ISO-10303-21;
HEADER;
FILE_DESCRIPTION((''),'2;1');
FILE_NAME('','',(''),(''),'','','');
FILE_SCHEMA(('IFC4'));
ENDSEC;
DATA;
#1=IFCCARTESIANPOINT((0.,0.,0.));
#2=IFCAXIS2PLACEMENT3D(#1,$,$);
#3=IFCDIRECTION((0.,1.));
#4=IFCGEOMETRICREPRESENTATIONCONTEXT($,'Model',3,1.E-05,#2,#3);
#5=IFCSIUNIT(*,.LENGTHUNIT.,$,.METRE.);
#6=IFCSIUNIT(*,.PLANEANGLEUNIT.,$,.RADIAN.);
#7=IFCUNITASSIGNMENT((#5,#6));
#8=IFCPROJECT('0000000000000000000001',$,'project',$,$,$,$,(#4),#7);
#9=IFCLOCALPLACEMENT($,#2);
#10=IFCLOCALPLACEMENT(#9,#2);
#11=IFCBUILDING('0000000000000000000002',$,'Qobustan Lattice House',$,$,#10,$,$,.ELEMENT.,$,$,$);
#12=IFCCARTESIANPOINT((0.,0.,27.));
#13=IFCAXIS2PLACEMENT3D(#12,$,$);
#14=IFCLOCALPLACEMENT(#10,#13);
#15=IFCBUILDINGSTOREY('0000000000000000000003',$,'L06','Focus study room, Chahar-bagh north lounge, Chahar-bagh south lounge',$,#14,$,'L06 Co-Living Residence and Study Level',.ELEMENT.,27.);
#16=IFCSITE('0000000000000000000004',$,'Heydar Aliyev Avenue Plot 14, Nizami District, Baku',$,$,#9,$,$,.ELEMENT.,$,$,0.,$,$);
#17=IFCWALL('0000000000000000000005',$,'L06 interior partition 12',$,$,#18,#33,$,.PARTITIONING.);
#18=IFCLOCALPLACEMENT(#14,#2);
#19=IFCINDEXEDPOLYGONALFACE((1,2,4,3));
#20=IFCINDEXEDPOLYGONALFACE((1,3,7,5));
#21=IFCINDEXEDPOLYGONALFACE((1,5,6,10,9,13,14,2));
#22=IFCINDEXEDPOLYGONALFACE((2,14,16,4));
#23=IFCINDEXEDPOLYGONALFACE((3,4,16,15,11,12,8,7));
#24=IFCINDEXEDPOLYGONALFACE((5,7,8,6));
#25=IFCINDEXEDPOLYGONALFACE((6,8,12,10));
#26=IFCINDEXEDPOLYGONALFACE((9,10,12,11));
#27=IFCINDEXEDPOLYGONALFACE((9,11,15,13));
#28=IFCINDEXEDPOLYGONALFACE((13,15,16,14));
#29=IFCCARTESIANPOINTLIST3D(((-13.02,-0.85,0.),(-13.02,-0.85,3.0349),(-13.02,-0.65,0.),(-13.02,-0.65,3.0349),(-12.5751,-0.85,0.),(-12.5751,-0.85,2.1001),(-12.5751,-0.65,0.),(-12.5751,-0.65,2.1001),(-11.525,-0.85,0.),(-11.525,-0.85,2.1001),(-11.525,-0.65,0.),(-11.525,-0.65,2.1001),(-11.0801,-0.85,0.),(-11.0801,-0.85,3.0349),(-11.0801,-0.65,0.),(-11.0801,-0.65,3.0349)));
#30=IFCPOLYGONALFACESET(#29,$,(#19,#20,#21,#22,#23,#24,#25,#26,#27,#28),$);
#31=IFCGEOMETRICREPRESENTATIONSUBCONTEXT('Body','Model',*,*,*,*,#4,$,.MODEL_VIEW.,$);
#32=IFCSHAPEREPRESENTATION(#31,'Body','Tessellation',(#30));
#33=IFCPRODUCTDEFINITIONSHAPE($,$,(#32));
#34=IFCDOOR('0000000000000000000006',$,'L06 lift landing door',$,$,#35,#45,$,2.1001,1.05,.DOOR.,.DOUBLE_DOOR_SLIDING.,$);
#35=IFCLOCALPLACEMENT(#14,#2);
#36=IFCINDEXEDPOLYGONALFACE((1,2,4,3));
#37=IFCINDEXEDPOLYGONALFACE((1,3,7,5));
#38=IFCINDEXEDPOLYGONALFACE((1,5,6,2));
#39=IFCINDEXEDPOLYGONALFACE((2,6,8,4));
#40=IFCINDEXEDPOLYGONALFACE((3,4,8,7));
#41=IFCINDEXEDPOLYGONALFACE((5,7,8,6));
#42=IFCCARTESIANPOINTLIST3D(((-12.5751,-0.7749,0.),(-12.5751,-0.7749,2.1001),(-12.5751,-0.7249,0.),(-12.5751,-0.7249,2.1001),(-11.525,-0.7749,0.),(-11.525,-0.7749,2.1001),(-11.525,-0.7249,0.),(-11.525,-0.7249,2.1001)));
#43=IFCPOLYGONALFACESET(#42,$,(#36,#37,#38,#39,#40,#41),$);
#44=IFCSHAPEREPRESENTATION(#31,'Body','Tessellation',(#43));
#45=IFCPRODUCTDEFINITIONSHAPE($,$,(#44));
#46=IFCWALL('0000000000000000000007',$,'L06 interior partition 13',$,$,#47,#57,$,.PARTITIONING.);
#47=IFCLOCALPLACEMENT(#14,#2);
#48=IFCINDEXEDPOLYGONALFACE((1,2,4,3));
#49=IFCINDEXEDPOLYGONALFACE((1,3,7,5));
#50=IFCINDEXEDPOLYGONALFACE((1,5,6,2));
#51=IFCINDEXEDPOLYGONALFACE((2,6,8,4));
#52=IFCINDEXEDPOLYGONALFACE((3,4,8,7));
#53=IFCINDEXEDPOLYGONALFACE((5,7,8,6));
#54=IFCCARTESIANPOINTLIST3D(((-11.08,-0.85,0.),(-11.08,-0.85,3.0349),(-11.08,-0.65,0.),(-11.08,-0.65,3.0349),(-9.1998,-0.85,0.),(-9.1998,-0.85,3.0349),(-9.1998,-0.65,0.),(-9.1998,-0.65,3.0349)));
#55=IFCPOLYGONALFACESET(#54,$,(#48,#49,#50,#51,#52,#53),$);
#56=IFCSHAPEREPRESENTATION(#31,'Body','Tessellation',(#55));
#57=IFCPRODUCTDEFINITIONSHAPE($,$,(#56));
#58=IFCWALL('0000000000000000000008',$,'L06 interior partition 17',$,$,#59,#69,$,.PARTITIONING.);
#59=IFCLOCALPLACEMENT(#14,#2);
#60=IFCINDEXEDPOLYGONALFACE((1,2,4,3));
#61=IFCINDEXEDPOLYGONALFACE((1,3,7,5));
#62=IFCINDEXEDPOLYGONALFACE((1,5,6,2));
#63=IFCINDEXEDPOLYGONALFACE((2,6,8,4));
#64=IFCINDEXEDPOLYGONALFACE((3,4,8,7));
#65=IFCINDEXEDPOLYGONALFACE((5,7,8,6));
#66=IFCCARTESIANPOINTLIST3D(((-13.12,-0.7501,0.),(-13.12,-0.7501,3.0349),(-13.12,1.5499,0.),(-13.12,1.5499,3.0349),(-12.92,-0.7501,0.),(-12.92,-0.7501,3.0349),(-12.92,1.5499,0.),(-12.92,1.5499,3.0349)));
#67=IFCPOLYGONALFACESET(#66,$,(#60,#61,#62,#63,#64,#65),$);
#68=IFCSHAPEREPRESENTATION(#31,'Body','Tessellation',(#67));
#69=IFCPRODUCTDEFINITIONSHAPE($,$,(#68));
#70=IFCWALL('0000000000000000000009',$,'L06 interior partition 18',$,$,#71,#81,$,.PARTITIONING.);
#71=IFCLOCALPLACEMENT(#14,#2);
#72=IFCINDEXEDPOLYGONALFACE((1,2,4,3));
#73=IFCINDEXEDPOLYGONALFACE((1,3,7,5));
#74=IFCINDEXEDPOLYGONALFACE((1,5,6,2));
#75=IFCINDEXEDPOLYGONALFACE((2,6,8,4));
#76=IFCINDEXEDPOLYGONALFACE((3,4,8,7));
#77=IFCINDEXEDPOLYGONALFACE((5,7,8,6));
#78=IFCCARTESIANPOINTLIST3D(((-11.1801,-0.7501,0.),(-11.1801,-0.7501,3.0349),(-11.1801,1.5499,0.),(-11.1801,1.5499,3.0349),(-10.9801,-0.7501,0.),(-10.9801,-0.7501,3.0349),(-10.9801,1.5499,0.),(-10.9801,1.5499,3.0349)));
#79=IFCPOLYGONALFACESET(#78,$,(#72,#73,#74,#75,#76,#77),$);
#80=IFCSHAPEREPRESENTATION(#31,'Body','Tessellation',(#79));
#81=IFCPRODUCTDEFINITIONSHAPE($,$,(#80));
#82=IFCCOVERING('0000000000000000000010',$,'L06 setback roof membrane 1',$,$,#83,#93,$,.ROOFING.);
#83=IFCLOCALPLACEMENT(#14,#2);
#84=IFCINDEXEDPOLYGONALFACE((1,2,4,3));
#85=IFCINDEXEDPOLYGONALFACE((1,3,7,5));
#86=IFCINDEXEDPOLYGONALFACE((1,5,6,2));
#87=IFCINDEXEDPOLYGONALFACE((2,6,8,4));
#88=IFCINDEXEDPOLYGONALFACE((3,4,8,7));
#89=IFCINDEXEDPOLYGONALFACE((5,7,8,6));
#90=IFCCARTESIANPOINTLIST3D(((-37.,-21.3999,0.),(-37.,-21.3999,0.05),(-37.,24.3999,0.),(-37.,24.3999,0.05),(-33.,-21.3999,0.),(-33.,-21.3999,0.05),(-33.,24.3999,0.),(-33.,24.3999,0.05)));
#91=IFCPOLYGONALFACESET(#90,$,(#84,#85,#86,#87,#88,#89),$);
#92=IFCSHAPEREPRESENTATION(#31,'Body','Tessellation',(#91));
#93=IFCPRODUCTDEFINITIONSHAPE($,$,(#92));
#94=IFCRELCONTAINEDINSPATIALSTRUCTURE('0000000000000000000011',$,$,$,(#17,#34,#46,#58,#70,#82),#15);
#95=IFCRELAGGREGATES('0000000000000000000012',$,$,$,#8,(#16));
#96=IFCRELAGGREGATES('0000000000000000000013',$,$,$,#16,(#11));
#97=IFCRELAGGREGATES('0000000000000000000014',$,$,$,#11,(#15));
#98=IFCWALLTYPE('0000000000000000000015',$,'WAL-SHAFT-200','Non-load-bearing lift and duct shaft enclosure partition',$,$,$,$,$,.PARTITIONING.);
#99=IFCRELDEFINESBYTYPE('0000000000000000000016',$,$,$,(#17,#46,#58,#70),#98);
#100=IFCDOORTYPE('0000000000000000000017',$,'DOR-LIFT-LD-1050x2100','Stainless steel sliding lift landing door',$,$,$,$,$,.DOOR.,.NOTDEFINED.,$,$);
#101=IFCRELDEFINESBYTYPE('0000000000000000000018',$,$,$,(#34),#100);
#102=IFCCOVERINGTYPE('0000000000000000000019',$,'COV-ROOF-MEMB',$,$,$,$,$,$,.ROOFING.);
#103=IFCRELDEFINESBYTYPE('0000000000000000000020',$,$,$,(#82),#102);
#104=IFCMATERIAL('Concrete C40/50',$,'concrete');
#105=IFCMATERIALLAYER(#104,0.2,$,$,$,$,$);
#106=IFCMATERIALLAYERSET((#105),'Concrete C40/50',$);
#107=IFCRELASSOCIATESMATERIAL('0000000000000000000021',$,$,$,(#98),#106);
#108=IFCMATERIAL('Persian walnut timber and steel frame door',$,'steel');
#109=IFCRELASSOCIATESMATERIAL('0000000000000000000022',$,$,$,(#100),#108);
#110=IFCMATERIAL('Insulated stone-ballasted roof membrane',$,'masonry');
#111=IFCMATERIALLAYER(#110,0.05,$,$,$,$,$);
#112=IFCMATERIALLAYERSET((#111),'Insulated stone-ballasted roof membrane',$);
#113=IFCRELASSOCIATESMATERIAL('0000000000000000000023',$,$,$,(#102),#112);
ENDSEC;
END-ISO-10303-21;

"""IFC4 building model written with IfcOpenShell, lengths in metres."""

from ifc_helpers import new_model, si_unit, direction, frame, frame_2d, origin, place, context, subcontext, project, spatial, polyline, rectangle, outline, extrude, material, layer, layer_set, type_object, element, fill, save


model = new_model("IFC4")

# Units and contexts
model_context = context("Model", 3, precision=1e-05, world=origin(), true_north=direction((0.0, 1.0)))
body_context = subcontext(model_context, "Body", "Model", "MODEL_VIEW")
ifc_project = project(units=[si_unit("LENGTHUNIT", "METRE"), si_unit("PLANEANGLEUNIT", "RADIAN")], contexts=[model_context])

# Site, building, storey
site_placement = place(None, origin())
site = spatial("IfcSite", under=ifc_project, at=site_placement, Name="Heydar Aliyev Avenue Plot 14, Nizami District, Baku", CompositionType="ELEMENT", RefElevation=0.0)
building_placement = place(site_placement, origin())
building = spatial("IfcBuilding", under=site, at=building_placement, Name="Qobustan Lattice House", CompositionType="ELEMENT")
storey_placement = place(building_placement, frame((0.0, 0.0, 27.0)))
storey = spatial("IfcBuildingStorey", under=building, at=storey_placement, Name="L06", Description="Focus study room, Chahar-bagh north lounge, Chahar-bagh south lounge", LongName="L06 Co-Living Residence and Study Level", CompositionType="ELEMENT", Elevation=27.0)

# Shared definitions
ifc_material_1 = material(Name="Concrete C40/50", Category="concrete")
ifc_layer_1 = layer(ifc_material_1, 0.2)
ifc_layer_set_1 = layer_set([ifc_layer_1], Name="Concrete C40/50")
wall_type_1 = type_object("IfcWallType", Name="WAL-SHAFT-200", Description="Non-load-bearing lift and duct shaft enclosure partition", PredefinedType="PARTITIONING", material=ifc_layer_set_1)
ifc_material_2 = material(Name="Persian walnut timber and steel frame door", Category="steel")
door_type_1 = type_object("IfcDoorType", Name="DOR-LIFT-LD-1050x2100", Description="Stainless steel sliding lift landing door", OperationType="NOTDEFINED", PredefinedType="DOOR", material=ifc_material_2)

# Wall, opening, door
wall_1_placement = place(storey_placement, frame((-11.0801, -0.75, 0.0), z_axis=(0.0, 0.0, 1.0), x_axis=(-1.0, 0.0, 0.0)))
wall_1 = element("IfcWall", 1, at=wall_1_placement, inside=storey, type_object=wall_type_1, Name="L06 interior partition 12", PredefinedType="PARTITIONING", context=body_context, shape_type="SweptSolid", body=[
    extrude(rectangle(XDim=1.9399, YDim=0.2, at=frame_2d((0.97, 0.0))), origin(), (0.0, 0.0, 1.0), 3.0349),
])
opening_1_placement = place(wall_1_placement, frame((0.4451, 0.0, 0.0)))
opening_1 = element("IfcOpeningElement", 2, at=opening_1_placement, cuts=wall_1, PredefinedType="OPENING", context=body_context, shape_type="SweptSolid", body=[
    extrude(rectangle(XDim=1.05, YDim=2.1001, at=frame_2d((0.5249, 1.05))), frame((0.0, 0.1099, 0.0), z_axis=(0.0, -1.0, 0.0), x_axis=(1.0, 0.0, 0.0)), (0.0, 0.0, 1.0), 0.22),
])
door_1_placement = place(opening_1_placement, origin())
door_1 = element("IfcDoor", 3, at=door_1_placement, inside=storey, type_object=door_type_1, Name="L06 lift landing door", OperationType="DOUBLE_DOOR_SLIDING", OverallHeight=2.1001, OverallWidth=1.05, PredefinedType="DOOR", context=body_context, shape_type="SweptSolid", body=[
    extrude(rectangle(XDim=1.05, YDim=2.1001, at=frame_2d((0.5249, 1.05))), frame((0.0, 0.0249, 0.0), z_axis=(0.0, -1.0, 0.0), x_axis=(1.0, 0.0, 0.0)), (0.0, 0.0, 1.0), 0.05),
])
fill(opening_1, door_1)

# Walls
wall_2_placement = place(storey_placement, frame((-9.2, -0.75, 0.0), z_axis=(0.0, 0.0, 1.0), x_axis=(-1.0, 0.0, 0.0)))
element("IfcWall", 4, at=wall_2_placement, inside=storey, type_object=wall_type_1, Name="L06 interior partition 13", PredefinedType="PARTITIONING", context=body_context, shape_type="SweptSolid", body=[
    extrude(rectangle(XDim=1.8801, YDim=0.2, at=frame_2d((0.9399, 0.0))), origin(), (0.0, 0.0, 1.0), 3.0349),
])
for number, where, z_axis, x_axis, name in (
    (5, (-13.02, -0.75, 0.0), (0.0, 0.0, 1.0), (0.0, 1.0, 0.0), "L06 interior partition 17"),
    (6, (-11.0801, -0.75, 0.0), (0.0, 0.0, 1.0), (0.0, 1.0, 0.0), "L06 interior partition 18"),
):
    element("IfcWall", number, at=place(storey_placement, frame(where, z_axis=z_axis, x_axis=x_axis)), inside=storey, type_object=wall_type_1, Name=name, PredefinedType="PARTITIONING", context=body_context, shape_type="SweptSolid", body=[
        extrude(rectangle(XDim=2.3, YDim=0.2, at=frame_2d((1.1499, 0.0))), origin(), (0.0, 0.0, 1.0), 3.0349),
    ])

# Covering
ifc_material_3 = material(Name="Insulated stone-ballasted roof membrane", Category="masonry")
ifc_layer_2 = layer(ifc_material_3, 0.05)
ifc_layer_set_2 = layer_set([ifc_layer_2], Name="Insulated stone-ballasted roof membrane")
covering_type = type_object("IfcCoveringType", Name="COV-ROOF-MEMB", PredefinedType="ROOFING", material=ifc_layer_set_2)
covering_placement = place(storey_placement, origin())
element("IfcCovering", 7, at=covering_placement, inside=storey, type_object=covering_type, Name="L06 setback roof membrane 1", PredefinedType="ROOFING", context=body_context, shape_type="SweptSolid", body=[
    extrude(outline(polyline([(-37.0, -21.3999), (-33.0, -21.3999), (-33.0, 24.3999), (-37.0, 24.3999), (-37.0, -21.3999)])), origin(), (0.0, 0.0, 1.0), 0.05),
])

save(model, "model.ifc")
